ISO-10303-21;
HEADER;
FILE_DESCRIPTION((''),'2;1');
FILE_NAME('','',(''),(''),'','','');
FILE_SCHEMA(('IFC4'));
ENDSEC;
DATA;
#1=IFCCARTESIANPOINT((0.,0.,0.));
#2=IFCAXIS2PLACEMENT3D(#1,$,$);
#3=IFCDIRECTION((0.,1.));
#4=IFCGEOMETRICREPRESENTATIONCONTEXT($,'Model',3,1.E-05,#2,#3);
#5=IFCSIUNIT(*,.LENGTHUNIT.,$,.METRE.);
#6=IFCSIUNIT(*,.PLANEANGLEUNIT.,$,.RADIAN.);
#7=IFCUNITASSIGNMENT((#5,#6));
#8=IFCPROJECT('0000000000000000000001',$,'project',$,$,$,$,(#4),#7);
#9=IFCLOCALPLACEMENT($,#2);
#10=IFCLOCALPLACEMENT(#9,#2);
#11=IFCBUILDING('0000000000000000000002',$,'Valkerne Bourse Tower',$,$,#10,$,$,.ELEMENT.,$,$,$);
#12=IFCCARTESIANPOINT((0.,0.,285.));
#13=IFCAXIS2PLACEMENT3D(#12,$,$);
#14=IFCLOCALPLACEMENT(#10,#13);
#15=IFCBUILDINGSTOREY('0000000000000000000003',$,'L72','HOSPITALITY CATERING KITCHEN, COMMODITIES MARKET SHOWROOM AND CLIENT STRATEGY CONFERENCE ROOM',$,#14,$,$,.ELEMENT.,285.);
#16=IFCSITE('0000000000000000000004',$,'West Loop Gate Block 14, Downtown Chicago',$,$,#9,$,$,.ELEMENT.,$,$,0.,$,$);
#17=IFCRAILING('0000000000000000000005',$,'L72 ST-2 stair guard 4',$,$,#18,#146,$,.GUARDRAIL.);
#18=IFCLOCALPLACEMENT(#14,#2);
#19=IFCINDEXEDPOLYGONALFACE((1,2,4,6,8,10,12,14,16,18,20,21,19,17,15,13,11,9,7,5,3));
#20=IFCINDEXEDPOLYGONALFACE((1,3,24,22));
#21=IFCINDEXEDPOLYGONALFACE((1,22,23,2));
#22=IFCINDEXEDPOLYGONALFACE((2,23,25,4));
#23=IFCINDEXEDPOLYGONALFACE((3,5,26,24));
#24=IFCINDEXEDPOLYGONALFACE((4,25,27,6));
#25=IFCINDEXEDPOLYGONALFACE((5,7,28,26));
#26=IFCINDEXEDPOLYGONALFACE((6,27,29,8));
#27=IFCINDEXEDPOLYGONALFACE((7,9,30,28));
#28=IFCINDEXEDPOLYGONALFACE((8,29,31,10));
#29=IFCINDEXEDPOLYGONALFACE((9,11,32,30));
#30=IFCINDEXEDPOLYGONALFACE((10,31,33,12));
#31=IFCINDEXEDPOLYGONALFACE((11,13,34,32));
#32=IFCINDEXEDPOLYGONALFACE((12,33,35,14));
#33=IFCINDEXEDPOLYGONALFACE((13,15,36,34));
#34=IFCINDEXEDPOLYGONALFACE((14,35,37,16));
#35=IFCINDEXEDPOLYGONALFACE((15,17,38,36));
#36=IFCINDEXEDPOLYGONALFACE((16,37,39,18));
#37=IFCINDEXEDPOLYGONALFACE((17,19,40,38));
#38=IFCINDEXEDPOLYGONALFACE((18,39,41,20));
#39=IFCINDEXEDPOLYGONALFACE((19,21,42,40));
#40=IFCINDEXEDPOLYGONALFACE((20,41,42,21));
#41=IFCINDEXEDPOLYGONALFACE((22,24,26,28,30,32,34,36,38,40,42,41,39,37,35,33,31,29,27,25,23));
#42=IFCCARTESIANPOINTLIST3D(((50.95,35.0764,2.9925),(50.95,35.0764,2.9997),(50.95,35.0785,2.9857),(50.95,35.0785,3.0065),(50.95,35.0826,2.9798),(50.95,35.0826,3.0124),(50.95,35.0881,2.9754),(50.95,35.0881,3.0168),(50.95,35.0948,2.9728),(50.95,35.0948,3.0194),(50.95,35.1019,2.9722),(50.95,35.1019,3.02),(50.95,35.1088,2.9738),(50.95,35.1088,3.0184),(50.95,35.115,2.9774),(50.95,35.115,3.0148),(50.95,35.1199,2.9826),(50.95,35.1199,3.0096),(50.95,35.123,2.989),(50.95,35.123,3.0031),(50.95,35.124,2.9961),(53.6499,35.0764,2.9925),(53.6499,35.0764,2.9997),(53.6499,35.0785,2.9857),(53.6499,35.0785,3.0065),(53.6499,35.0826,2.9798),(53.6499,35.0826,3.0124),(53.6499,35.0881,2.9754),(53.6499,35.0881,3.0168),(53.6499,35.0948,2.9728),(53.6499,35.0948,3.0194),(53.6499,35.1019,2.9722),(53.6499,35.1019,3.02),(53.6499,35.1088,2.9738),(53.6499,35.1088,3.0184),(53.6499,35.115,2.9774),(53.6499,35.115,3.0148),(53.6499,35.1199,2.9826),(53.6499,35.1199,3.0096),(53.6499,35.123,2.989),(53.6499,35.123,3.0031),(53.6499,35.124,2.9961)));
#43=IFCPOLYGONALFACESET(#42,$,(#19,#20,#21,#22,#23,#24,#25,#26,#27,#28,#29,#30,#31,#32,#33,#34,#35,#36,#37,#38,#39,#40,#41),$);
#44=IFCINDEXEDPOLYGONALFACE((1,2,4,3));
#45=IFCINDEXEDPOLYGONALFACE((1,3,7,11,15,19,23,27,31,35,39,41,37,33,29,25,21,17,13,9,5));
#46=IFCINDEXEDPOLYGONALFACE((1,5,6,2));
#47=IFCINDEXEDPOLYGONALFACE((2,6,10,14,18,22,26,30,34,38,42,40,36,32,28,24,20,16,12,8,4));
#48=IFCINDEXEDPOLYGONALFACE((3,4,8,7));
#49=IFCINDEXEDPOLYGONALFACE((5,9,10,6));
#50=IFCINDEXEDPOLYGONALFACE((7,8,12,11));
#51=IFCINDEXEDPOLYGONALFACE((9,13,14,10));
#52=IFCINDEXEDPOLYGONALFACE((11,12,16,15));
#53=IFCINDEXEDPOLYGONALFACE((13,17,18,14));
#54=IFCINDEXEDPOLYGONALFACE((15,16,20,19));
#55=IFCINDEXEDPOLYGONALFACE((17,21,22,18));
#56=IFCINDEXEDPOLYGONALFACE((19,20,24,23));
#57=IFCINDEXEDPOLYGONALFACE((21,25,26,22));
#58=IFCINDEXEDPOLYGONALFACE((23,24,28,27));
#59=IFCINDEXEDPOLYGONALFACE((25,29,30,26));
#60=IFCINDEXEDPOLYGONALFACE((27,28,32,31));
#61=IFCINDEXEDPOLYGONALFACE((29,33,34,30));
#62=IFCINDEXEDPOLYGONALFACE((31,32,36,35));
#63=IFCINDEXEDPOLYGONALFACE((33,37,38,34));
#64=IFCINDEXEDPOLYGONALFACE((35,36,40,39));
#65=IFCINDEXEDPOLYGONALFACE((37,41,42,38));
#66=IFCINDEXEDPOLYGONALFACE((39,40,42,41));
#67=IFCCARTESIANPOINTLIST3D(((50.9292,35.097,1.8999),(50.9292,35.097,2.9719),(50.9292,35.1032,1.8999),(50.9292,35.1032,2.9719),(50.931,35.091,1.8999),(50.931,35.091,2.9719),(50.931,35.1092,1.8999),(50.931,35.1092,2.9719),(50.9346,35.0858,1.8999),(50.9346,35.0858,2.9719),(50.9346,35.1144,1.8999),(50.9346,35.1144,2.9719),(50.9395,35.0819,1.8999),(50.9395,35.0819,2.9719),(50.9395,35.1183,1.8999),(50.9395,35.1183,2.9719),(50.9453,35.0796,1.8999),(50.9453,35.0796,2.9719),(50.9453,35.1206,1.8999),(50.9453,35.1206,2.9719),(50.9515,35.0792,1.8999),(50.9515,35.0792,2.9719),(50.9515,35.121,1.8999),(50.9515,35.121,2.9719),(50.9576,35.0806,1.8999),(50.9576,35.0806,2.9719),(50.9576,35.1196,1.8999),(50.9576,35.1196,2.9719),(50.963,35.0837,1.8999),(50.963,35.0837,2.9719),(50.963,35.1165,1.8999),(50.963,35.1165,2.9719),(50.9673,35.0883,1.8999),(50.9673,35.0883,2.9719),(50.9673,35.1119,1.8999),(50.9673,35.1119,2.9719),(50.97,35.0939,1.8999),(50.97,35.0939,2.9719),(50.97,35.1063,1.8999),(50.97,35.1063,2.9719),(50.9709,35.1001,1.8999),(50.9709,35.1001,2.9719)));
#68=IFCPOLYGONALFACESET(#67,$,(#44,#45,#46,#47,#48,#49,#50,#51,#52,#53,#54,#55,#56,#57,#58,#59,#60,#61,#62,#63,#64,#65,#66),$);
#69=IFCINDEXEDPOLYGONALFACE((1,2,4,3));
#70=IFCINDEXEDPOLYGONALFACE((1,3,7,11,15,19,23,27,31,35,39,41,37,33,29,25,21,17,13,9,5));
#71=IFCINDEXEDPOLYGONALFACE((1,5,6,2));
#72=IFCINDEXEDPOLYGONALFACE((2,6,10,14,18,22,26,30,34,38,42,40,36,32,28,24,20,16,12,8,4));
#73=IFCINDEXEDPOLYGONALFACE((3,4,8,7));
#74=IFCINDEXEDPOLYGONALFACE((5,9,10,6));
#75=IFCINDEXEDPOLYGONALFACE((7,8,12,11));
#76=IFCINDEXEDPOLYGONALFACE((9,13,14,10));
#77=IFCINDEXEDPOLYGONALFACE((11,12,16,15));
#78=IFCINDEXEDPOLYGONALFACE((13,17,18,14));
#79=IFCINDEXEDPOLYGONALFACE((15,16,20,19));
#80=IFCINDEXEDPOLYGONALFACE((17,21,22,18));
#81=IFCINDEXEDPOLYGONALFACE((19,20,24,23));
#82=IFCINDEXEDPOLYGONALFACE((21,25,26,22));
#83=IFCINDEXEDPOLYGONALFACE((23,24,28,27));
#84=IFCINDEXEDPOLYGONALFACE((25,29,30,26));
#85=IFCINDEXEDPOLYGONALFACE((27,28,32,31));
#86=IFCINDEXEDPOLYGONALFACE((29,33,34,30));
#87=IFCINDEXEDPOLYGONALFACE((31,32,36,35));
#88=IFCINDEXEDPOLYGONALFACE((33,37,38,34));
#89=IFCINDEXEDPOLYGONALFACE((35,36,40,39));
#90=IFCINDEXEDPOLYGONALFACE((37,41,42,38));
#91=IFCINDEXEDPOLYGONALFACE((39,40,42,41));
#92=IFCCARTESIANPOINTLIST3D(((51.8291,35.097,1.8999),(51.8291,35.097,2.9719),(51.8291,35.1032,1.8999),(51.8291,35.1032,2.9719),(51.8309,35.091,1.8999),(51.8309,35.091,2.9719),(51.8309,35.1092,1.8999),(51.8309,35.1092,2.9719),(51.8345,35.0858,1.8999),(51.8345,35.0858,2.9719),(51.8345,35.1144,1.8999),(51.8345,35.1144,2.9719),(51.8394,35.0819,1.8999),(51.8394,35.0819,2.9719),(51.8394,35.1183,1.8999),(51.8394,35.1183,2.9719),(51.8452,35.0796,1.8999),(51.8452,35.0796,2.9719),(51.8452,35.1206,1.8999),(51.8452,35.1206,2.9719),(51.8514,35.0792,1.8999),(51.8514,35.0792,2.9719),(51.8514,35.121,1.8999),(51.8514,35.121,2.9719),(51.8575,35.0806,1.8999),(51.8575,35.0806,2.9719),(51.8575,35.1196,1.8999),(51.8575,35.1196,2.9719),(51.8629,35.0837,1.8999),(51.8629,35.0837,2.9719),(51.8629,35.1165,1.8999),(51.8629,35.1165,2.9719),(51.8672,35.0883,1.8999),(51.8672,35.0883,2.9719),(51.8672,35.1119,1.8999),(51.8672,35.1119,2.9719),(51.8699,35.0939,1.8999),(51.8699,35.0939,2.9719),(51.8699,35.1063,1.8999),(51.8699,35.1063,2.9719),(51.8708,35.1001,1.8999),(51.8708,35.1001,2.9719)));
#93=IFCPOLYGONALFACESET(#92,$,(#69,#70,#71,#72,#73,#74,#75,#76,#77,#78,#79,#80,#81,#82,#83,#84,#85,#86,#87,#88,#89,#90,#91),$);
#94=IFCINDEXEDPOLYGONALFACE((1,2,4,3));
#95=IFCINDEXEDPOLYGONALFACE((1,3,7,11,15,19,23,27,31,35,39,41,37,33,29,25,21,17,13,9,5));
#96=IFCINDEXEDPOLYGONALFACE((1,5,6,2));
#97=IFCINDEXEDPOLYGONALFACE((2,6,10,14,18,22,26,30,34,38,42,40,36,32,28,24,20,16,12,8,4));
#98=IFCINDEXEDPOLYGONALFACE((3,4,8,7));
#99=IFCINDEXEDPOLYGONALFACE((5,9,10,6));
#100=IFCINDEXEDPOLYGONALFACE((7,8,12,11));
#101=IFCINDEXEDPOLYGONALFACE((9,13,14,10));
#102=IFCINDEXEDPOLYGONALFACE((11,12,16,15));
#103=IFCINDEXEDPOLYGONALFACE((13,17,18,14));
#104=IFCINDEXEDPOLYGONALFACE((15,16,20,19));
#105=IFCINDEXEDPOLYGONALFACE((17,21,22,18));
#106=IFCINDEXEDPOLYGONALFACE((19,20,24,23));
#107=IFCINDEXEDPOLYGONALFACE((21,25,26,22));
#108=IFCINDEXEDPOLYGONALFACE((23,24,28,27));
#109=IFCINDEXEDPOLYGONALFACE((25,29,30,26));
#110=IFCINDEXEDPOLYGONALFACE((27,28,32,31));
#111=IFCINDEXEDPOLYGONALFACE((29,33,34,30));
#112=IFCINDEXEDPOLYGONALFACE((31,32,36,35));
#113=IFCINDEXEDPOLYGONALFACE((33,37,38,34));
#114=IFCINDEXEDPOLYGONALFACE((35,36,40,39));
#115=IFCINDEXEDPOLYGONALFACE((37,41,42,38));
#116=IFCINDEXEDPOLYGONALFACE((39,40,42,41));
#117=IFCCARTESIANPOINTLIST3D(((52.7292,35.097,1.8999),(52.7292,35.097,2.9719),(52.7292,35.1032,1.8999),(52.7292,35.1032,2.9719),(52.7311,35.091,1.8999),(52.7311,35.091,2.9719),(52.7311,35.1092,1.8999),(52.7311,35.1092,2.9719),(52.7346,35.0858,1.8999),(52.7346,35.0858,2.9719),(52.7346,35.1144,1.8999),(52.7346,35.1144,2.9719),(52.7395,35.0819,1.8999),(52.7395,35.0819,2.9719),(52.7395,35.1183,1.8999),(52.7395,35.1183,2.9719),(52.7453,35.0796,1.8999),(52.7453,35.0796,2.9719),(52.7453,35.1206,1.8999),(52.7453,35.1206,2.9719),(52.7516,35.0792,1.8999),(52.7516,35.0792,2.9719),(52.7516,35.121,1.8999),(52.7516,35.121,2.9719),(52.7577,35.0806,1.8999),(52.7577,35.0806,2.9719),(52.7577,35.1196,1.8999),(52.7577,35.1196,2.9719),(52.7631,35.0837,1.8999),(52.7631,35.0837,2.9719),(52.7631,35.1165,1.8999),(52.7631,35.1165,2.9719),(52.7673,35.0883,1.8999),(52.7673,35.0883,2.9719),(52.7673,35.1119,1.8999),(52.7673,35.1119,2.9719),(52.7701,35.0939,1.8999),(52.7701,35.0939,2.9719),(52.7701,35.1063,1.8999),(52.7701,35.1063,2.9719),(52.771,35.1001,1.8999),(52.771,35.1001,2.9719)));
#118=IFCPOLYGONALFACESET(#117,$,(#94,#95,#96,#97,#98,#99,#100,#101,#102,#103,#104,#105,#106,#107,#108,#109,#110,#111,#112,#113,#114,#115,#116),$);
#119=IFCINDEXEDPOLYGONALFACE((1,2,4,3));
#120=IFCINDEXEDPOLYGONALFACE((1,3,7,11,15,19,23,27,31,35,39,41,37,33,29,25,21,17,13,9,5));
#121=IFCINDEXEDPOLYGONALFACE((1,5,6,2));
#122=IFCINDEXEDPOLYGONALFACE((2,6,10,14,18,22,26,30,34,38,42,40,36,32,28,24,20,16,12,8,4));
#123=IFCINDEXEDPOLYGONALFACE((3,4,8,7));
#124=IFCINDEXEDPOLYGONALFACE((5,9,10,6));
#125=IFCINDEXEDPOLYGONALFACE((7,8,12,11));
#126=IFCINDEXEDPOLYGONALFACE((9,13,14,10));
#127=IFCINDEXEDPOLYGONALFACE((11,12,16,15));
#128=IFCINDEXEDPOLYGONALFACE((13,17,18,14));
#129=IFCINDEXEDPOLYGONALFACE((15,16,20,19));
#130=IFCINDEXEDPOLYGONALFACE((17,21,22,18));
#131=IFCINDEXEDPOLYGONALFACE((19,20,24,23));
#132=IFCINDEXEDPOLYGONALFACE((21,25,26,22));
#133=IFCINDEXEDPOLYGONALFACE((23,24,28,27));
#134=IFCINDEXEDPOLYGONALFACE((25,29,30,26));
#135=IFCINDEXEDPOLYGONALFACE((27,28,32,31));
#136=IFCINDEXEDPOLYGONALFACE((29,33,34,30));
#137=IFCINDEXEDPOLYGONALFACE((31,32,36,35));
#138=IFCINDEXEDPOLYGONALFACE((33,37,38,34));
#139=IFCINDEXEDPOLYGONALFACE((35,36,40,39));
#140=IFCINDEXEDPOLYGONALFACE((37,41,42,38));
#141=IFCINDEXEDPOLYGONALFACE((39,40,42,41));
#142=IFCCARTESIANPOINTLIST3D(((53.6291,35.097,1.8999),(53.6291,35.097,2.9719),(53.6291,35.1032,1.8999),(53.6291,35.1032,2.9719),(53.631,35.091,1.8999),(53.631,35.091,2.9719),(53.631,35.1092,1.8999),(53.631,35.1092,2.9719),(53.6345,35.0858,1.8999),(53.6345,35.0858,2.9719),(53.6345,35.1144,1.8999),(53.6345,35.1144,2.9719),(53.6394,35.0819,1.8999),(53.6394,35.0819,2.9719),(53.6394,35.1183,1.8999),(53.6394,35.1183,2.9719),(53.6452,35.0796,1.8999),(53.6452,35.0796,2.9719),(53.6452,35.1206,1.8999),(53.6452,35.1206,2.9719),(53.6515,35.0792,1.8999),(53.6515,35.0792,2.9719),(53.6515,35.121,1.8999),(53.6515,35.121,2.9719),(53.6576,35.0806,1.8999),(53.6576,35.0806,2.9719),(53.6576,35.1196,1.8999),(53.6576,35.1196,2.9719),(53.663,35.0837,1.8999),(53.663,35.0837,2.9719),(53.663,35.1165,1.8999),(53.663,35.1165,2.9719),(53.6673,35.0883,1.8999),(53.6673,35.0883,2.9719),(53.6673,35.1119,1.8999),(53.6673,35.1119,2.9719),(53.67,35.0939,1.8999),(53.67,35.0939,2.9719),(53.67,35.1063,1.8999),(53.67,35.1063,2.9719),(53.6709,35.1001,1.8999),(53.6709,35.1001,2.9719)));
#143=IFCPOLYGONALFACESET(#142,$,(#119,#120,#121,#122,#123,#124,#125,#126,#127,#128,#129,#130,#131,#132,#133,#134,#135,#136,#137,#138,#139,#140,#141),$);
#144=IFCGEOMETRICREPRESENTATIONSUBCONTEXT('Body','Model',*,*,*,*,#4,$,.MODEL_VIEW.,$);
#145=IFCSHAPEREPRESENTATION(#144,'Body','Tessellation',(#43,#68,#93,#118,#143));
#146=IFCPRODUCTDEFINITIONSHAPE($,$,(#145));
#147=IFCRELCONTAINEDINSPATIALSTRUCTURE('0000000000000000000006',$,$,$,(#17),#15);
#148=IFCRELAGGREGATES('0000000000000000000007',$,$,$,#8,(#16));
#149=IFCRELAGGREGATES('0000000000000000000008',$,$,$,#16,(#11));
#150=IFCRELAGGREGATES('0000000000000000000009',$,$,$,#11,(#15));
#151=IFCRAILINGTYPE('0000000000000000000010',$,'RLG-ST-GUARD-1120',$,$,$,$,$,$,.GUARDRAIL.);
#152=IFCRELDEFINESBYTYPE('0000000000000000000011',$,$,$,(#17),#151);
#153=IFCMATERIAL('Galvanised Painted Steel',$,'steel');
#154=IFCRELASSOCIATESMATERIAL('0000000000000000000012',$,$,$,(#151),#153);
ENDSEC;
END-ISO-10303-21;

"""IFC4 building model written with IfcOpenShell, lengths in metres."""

from ifc_helpers import new_model, si_unit, direction, frame, origin, origin_2d, place, context, subcontext, project, spatial, circle, extrude, material, type_object, element, save


model = new_model("IFC4")

# Units and contexts
model_context = context("Model", 3, precision=1e-05, world=origin(), true_north=direction((0.0, 1.0)))
body_context = subcontext(model_context, "Body", "Model", "MODEL_VIEW")
ifc_project = project(units=[si_unit("LENGTHUNIT", "METRE"), si_unit("PLANEANGLEUNIT", "RADIAN")], contexts=[model_context])

# Site, building, storey
site_placement = place(None, origin())
site = spatial("IfcSite", under=ifc_project, at=site_placement, Name="West Loop Gate Block 14, Downtown Chicago", CompositionType="ELEMENT", RefElevation=0.0)
building_placement = place(site_placement, origin())
building = spatial("IfcBuilding", under=site, at=building_placement, Name="Valkerne Bourse Tower", CompositionType="ELEMENT")
storey_placement = place(building_placement, frame((0.0, 0.0, 285.0)))
storey = spatial("IfcBuildingStorey", under=building, at=storey_placement, Name="L72", Description="HOSPITALITY CATERING KITCHEN, COMMODITIES MARKET SHOWROOM AND CLIENT STRATEGY CONFERENCE ROOM", CompositionType="ELEMENT", Elevation=285.0)

# Shared definitions
ifc_material_1 = material(Name="Galvanised Painted Steel", Category="steel")

# Railing
railing_type_1 = type_object("IfcRailingType", Name="RLG-ST-GUARD-1120", PredefinedType="GUARDRAIL", material=ifc_material_1)
for number, where, name in (
    (1, (50.95, 35.1001, 1.8999), "L72 ST-2 stair guard 4"),
):
    element("IfcRailing", number, at=place(storey_placement, frame(where)), inside=storey, type_object=railing_type_1, Name=name, PredefinedType="GUARDRAIL", context=body_context, shape_type="SweptSolid", body=[
        extrude(circle(Radius=0.0239, at=origin_2d()), frame((0.0, 0.0, 1.0962), z_axis=(1.0, 0.0, 0.0), x_axis=(0.0, 1.0, 0.0)), (0.0, 0.0, 1.0), 2.7),
        extrude(circle(Radius=0.021, at=origin_2d()), origin(), (0.0, 0.0, 1.0), 1.072),
        extrude(circle(Radius=0.021, at=origin_2d()), frame((0.8999, 0.0, 0.0)), (0.0, 0.0, 1.0), 1.072),
        extrude(circle(Radius=0.021, at=origin_2d()), frame((1.8, 0.0, 0.0)), (0.0, 0.0, 1.0), 1.072),
        extrude(circle(Radius=0.021, at=origin_2d()), frame((2.7, 0.0, 0.0)), (0.0, 0.0, 1.0), 1.072),
    ])

save(model, "model.ifc")
